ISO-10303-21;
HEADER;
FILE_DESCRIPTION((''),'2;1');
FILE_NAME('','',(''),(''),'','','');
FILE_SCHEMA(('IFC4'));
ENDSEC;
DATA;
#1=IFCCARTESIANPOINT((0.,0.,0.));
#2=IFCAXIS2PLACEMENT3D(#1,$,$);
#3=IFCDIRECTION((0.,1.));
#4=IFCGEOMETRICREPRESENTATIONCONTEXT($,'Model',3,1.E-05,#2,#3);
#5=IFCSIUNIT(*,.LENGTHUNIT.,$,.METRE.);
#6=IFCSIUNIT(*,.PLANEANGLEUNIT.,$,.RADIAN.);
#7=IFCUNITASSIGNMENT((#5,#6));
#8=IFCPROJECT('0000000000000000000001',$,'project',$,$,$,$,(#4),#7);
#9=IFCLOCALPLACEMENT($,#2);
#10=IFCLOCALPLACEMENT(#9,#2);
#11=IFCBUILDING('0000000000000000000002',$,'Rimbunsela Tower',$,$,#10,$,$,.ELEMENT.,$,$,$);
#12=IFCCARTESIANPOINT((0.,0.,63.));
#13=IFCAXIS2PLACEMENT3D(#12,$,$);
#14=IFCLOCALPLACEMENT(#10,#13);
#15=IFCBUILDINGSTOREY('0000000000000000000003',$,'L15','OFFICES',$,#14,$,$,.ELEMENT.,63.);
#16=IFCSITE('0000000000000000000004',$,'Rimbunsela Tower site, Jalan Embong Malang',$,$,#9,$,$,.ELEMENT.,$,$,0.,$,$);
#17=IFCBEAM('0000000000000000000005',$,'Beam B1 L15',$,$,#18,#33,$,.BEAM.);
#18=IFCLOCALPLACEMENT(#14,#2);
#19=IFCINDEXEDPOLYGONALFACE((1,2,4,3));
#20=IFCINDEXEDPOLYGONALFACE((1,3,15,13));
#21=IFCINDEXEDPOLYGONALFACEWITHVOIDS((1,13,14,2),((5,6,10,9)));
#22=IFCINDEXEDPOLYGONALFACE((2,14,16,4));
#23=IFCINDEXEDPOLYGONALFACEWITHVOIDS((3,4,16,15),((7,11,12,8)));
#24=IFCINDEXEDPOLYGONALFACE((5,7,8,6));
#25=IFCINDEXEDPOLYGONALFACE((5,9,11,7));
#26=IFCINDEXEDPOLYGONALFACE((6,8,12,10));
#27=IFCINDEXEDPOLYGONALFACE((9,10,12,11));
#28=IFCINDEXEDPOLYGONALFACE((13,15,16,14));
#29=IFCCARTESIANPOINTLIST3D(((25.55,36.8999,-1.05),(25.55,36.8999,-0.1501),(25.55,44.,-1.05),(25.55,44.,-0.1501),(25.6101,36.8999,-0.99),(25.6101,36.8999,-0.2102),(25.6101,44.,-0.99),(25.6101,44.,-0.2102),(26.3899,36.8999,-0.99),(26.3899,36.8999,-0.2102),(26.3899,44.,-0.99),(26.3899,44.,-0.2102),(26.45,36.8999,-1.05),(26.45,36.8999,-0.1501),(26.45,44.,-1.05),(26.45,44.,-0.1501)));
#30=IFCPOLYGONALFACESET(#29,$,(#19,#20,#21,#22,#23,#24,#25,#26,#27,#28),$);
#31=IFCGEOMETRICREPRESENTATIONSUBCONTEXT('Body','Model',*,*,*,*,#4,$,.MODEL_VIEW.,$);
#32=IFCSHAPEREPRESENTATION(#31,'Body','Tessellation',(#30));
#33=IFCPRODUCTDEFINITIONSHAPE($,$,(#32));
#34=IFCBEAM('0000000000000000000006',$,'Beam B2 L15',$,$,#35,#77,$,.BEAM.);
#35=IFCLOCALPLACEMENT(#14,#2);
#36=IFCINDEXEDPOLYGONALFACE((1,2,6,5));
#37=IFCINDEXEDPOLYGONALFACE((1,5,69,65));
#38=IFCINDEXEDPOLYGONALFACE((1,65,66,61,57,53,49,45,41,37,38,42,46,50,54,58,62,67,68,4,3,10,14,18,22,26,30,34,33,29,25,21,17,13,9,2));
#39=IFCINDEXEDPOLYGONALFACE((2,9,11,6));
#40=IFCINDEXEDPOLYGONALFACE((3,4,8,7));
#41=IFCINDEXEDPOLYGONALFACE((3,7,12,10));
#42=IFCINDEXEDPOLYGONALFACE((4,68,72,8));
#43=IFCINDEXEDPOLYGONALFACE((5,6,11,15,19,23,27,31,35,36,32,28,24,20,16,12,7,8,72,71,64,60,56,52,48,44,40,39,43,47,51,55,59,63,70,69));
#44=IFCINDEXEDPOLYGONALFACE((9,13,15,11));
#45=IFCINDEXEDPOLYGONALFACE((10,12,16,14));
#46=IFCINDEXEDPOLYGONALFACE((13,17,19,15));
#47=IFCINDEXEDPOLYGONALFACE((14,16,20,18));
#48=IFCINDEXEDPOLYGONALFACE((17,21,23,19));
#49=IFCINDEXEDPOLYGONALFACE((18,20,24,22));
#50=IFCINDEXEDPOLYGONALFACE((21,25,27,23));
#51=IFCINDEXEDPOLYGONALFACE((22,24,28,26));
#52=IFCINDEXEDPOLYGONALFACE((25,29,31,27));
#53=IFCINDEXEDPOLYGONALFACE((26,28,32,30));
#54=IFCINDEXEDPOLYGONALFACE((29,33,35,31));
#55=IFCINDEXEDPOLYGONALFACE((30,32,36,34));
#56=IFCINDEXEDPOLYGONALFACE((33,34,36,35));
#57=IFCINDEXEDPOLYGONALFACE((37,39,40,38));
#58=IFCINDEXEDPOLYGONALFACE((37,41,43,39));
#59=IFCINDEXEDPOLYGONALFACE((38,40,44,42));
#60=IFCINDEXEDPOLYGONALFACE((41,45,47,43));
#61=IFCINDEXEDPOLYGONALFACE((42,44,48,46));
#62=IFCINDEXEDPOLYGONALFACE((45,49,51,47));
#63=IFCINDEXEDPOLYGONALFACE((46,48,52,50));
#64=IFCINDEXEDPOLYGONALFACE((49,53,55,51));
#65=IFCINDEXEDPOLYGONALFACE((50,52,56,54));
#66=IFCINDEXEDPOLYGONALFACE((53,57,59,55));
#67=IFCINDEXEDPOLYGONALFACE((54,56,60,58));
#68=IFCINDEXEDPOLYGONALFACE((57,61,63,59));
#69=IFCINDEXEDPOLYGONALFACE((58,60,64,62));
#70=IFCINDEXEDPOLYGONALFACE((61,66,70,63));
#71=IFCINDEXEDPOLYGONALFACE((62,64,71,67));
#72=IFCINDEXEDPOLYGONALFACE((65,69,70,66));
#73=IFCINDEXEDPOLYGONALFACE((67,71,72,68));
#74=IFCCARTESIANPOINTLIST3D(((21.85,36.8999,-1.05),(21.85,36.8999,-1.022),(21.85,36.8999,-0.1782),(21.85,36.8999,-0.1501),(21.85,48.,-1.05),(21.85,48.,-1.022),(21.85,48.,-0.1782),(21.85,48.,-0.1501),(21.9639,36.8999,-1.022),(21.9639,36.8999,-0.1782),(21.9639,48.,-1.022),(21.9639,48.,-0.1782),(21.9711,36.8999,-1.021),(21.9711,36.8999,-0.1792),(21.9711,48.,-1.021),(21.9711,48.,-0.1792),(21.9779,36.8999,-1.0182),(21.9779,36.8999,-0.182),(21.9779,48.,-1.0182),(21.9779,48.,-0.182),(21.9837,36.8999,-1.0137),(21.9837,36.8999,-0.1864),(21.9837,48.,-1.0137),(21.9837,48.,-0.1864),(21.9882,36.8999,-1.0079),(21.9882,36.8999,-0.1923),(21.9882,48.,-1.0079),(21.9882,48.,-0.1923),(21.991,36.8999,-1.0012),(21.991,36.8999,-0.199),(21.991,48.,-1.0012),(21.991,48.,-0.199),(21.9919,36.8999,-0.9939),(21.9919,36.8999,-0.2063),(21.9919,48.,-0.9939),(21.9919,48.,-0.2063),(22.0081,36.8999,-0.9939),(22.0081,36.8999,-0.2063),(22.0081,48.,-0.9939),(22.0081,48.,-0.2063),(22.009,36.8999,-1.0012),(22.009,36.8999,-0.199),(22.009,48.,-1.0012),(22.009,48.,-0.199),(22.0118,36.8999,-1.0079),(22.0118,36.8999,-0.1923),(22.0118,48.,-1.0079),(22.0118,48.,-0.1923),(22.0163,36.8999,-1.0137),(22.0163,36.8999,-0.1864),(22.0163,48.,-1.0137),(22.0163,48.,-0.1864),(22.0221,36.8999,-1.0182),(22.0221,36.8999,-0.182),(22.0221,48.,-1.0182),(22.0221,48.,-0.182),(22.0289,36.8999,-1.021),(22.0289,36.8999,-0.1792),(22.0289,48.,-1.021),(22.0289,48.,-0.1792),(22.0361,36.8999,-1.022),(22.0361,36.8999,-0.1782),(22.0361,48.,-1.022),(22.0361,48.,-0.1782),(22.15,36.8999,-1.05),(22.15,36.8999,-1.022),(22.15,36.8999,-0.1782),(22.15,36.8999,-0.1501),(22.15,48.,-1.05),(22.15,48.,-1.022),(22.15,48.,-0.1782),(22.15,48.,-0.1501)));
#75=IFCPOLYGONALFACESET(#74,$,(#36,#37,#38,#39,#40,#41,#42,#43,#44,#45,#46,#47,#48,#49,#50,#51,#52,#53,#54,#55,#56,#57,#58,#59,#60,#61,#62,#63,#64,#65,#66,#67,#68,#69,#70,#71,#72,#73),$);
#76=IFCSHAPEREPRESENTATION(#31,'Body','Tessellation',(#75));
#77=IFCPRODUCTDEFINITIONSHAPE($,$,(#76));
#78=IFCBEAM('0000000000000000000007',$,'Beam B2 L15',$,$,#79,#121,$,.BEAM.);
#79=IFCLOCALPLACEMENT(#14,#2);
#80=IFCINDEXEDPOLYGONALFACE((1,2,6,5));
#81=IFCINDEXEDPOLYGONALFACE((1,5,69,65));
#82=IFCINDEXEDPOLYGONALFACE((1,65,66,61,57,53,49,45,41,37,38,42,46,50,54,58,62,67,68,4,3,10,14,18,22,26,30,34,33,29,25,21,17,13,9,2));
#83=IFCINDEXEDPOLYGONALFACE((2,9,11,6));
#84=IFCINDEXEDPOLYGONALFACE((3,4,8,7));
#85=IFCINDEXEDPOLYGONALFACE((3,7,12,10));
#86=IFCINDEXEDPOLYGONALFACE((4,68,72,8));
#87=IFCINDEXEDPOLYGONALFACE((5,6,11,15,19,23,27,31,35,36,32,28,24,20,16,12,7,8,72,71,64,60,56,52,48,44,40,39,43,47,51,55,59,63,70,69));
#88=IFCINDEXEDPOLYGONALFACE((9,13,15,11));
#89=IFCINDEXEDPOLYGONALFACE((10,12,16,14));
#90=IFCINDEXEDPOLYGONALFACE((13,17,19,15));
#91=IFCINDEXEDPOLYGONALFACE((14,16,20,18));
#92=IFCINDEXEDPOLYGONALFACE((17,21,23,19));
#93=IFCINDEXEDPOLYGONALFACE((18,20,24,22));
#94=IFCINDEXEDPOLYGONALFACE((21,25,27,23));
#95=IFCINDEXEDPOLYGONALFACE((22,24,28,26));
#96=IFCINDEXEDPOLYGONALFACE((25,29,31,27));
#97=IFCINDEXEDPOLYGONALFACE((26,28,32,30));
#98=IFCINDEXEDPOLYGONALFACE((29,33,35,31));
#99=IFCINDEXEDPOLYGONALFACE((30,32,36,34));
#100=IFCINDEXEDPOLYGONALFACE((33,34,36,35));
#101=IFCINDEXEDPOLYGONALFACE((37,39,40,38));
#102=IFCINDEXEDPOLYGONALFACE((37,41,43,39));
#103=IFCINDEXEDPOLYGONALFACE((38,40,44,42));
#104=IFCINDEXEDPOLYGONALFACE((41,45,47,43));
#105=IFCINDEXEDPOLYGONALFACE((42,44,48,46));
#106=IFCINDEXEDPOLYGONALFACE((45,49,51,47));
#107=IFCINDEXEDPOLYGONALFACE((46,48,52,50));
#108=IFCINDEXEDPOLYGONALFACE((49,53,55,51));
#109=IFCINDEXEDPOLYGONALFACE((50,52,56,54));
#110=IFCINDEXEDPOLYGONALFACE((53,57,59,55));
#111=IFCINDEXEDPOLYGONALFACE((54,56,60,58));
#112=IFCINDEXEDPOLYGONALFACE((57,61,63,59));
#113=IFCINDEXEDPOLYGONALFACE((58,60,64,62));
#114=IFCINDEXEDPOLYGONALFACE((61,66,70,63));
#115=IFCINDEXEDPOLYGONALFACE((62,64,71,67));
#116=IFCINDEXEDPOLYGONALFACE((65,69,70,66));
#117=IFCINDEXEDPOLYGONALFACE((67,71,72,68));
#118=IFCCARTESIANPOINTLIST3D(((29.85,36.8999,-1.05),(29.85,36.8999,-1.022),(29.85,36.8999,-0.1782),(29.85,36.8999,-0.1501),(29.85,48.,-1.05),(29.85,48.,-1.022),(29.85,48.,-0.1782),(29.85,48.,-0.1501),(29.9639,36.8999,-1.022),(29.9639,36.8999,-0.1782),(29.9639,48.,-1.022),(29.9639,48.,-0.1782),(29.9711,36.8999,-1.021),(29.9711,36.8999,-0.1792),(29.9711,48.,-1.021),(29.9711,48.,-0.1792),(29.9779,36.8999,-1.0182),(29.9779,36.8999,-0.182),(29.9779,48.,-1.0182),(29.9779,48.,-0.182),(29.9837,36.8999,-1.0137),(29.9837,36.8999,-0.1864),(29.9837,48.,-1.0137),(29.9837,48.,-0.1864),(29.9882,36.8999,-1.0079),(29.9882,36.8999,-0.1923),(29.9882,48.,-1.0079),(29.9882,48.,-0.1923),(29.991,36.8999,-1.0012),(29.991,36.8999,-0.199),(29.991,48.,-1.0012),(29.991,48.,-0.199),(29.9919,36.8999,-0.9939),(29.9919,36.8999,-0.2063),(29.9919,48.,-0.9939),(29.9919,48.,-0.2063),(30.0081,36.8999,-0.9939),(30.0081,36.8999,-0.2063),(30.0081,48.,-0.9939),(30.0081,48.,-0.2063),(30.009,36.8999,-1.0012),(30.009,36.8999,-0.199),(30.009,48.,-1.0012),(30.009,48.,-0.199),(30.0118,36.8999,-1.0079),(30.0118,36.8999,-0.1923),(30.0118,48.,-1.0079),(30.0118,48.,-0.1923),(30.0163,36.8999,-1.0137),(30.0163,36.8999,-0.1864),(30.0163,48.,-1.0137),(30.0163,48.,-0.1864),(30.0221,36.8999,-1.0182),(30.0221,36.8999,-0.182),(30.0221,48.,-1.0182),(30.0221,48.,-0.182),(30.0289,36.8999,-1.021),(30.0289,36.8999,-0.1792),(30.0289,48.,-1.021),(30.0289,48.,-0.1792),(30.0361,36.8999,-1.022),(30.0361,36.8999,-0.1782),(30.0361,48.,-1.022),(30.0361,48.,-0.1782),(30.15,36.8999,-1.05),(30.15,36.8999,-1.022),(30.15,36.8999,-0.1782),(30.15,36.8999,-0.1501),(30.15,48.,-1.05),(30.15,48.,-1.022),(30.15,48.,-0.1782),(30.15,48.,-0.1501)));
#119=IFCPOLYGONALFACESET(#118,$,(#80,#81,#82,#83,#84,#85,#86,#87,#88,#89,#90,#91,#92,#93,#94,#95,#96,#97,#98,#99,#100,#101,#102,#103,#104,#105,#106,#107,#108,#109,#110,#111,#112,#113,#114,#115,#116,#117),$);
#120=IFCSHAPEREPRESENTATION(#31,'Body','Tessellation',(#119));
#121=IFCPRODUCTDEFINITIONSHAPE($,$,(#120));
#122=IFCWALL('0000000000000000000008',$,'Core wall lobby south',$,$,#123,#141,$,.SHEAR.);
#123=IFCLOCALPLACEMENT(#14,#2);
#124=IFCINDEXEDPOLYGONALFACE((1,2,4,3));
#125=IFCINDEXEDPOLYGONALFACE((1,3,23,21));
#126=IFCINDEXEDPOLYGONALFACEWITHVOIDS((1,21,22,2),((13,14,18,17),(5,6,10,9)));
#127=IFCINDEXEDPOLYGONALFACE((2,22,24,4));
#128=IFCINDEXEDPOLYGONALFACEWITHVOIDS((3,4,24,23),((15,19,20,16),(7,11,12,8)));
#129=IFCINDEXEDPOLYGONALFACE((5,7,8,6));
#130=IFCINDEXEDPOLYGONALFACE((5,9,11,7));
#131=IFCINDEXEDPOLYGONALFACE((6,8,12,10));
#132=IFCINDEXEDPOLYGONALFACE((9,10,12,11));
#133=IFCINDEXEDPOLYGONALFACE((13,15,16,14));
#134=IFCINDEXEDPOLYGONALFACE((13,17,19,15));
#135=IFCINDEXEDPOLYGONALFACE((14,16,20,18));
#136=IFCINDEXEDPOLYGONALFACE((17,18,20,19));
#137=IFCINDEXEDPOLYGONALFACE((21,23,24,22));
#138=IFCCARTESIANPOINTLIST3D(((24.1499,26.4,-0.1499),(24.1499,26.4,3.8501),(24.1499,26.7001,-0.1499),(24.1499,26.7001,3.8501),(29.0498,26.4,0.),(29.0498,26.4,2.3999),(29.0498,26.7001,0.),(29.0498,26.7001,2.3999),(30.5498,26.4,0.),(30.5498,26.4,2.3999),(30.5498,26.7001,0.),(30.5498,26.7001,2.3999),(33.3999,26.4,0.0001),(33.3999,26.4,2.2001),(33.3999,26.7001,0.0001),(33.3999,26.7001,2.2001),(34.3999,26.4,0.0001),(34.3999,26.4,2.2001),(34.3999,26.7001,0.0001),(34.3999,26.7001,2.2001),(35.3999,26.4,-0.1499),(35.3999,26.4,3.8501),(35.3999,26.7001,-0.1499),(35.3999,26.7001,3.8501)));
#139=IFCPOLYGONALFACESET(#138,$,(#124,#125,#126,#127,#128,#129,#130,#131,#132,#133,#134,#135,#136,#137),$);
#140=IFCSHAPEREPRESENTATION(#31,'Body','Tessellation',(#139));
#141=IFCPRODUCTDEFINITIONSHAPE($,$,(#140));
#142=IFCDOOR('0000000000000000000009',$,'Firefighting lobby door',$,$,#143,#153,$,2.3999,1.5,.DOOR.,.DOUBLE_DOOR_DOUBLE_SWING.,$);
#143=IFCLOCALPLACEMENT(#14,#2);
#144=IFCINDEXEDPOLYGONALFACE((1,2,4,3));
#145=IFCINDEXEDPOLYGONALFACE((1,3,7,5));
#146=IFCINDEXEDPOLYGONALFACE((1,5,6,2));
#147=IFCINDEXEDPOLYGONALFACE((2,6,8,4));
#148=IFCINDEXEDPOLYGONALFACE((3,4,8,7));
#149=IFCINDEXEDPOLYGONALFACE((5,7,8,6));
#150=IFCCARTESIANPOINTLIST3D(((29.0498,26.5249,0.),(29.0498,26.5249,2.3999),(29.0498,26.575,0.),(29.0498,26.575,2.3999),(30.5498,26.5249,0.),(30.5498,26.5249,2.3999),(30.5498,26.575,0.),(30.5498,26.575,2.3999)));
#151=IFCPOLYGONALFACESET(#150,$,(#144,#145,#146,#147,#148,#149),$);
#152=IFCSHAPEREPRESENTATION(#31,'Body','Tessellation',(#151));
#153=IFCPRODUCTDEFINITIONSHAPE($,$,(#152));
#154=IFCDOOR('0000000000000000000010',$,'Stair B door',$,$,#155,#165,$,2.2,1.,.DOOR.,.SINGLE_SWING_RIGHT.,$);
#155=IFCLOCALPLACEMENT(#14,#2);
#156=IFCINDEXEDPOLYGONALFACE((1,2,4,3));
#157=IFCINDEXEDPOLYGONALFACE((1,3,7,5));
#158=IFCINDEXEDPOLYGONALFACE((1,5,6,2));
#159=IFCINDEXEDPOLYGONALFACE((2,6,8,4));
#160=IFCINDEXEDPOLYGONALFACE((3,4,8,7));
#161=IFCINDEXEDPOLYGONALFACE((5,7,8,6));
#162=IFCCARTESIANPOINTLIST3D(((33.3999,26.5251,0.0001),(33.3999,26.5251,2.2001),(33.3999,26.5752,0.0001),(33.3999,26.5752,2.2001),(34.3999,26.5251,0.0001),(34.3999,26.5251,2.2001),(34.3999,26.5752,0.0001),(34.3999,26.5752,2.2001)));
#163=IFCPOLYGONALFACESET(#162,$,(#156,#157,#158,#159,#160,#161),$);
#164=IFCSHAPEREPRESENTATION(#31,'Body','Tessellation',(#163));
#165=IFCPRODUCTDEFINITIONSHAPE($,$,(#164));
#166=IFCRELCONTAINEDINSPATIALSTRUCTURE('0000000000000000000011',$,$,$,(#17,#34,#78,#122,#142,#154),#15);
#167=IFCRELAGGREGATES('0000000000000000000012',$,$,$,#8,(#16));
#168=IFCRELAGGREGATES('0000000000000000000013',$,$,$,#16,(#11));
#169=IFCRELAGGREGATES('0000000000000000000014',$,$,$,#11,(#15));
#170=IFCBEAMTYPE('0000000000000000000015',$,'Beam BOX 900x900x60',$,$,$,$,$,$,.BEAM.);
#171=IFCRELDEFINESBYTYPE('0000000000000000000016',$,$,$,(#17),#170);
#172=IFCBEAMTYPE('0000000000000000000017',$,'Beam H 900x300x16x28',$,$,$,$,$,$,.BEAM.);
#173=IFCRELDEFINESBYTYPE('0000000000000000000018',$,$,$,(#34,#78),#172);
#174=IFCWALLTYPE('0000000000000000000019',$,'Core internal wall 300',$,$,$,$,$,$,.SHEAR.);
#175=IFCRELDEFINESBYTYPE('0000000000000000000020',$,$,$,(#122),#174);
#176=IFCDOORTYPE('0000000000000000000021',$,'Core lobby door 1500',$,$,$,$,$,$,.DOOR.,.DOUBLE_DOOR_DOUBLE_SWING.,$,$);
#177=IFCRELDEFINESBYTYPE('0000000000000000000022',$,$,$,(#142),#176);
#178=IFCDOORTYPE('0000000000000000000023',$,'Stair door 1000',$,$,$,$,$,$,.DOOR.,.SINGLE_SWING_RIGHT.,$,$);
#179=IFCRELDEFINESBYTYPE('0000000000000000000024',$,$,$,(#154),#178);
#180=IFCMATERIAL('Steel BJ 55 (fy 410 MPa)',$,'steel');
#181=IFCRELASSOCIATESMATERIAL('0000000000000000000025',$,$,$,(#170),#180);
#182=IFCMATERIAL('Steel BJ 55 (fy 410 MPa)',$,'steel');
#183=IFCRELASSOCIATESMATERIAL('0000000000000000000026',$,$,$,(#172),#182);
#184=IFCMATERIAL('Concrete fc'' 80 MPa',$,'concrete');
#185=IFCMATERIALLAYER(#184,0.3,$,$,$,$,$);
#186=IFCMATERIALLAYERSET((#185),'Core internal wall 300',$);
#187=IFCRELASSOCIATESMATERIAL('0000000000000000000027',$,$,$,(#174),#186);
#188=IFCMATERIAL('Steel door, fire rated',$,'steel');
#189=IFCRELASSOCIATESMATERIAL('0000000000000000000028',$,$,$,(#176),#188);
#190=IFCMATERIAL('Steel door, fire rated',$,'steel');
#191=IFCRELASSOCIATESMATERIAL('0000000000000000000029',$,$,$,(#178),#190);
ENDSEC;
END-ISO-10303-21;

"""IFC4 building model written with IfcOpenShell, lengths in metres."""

from ifc_helpers import new_model, si_unit, direction, frame, frame_2d, origin, origin_2d, place, context, subcontext, project, spatial, rectangle, hollow_rectangle, i_section, extrude, material, layer, layer_set, material_profile, profile_set, type_object, element, fill, save


model = new_model("IFC4")

# Units and contexts
model_context = context("Model", 3, precision=1e-05, world=origin(), true_north=direction((0.0, 1.0)))
body_context = subcontext(model_context, "Body", "Model", "MODEL_VIEW")
ifc_project = project(units=[si_unit("LENGTHUNIT", "METRE"), si_unit("PLANEANGLEUNIT", "RADIAN")], contexts=[model_context])

# Site, building, storey
site_placement = place(None, origin())
site = spatial("IfcSite", under=ifc_project, at=site_placement, Name="Rimbunsela Tower site, Jalan Embong Malang", CompositionType="ELEMENT", RefElevation=0.0)
building_placement = place(site_placement, origin())
building = spatial("IfcBuilding", under=site, at=building_placement, Name="Rimbunsela Tower", CompositionType="ELEMENT")
storey_placement = place(building_placement, frame((0.0, 0.0, 63.0)))
storey = spatial("IfcBuildingStorey", under=building, at=storey_placement, Name="L15", Description="OFFICES", CompositionType="ELEMENT", Elevation=63.0)

# Beams
ifc_material_1 = material(Name="Steel BJ 55 (fy 410 MPa)", Category="steel")
ifc_material_profile_1 = material_profile(ifc_material_1, hollow_rectangle(XDim=0.8999, YDim=0.8999, WallThickness=0.0601, at=origin_2d()), Name="BOX 900x900x60")
ifc_profile_set_1 = profile_set([ifc_material_profile_1], Name="Steel BJ 55 (fy 410 MPa)")
beam_type_1 = type_object("IfcBeamType", Name="Beam BOX 900x900x60", PredefinedType="BEAM", material=ifc_profile_set_1)
beam_placement = place(storey_placement, frame((26.0, 36.8999, -0.6001), z_axis=(0.0, 1.0, 0.0), x_axis=(-1.0, 0.0, 0.0)))
element("IfcBeam", 1, at=beam_placement, inside=storey, type_object=beam_type_1, Name="Beam B1 L15", PredefinedType="BEAM", context=body_context, shape_type="SweptSolid", body=[
    extrude(hollow_rectangle(XDim=0.8999, YDim=0.8999, WallThickness=0.0601, at=origin_2d()), origin(), (0.0, 0.0, 1.0), 7.1001),
])
ifc_material_2 = material(Name="Steel BJ 55 (fy 410 MPa)", Category="steel")
ifc_material_profile_2 = material_profile(ifc_material_2, i_section(OverallWidth=0.3, OverallDepth=0.8999, WebThickness=0.0161, FlangeThickness=0.0281, FilletRadius=0.0281, at=origin_2d()), Name="H 900x300x16x28")
ifc_profile_set_2 = profile_set([ifc_material_profile_2], Name="Steel BJ 55 (fy 410 MPa)")
beam_type_2 = type_object("IfcBeamType", Name="Beam H 900x300x16x28", PredefinedType="BEAM", material=ifc_profile_set_2)
for number, where, z_axis, x_axis, name in (
    (2, (22.0, 36.8999, -0.6001), (0.0, 1.0, 0.0), (-1.0, 0.0, 0.0), "Beam B2 L15"),
    (3, (30.0, 36.8999, -0.6001), (0.0, 1.0, 0.0), (-1.0, 0.0, 0.0), "Beam B2 L15"),
):
    element("IfcBeam", number, at=place(storey_placement, frame(where, z_axis=z_axis, x_axis=x_axis)), inside=storey, type_object=beam_type_2, Name=name, PredefinedType="BEAM", context=body_context, shape_type="SweptSolid", body=[
        extrude(i_section(OverallWidth=0.3, OverallDepth=0.8999, WebThickness=0.0161, FlangeThickness=0.0281, FilletRadius=0.0281, at=origin_2d()), origin(), (0.0, 0.0, 1.0), 11.1001),
    ])

# Wall, openings, doors
ifc_material_3 = material(Name="Concrete fc' 80 MPa", Category="concrete")
ifc_layer_1 = layer(ifc_material_3, 0.3)
ifc_layer_set_1 = layer_set([ifc_layer_1], Name="Core internal wall 300")
wall_type_1 = type_object("IfcWallType", Name="Core internal wall 300", PredefinedType="SHEAR", material=ifc_layer_set_1)
wall_1_placement = place(storey_placement, frame((24.1499, 26.55, -0.1499), z_axis=(0.0, 0.0, 1.0), x_axis=(1.0, 0.0, 0.0)))
wall_1 = element("IfcWall", 4, at=wall_1_placement, inside=storey, type_object=wall_type_1, Name="Core wall lobby south", PredefinedType="SHEAR", context=body_context, shape_type="SweptSolid", body=[
    extrude(rectangle(XDim=11.25, YDim=0.3, at=frame_2d((5.625, 0.0))), origin(), (0.0, 0.0, 1.0), 4.0),
])
opening_1_placement = place(wall_1_placement, frame((9.25, 0.0, 0.1499)))
opening_1 = element("IfcOpeningElement", 5, at=opening_1_placement, cuts=wall_1, PredefinedType="OPENING", context=body_context, shape_type="SweptSolid", body=[
    extrude(rectangle(XDim=1.0, YDim=2.2, at=frame_2d((0.5, 1.1001))), frame((0.0, 0.1599, 0.0), z_axis=(0.0, -1.0, 0.0), x_axis=(1.0, 0.0, 0.0)), (0.0, 0.0, 1.0), 0.3201),
])
opening_2_placement = place(wall_1_placement, frame((4.8999, 0.0, 0.1499)))
opening_2 = element("IfcOpeningElement", 6, at=opening_2_placement, cuts=wall_1, PredefinedType="OPENING", context=body_context, shape_type="SweptSolid", body=[
    extrude(rectangle(XDim=1.5, YDim=2.3999, at=frame_2d((0.75, 1.2))), frame((0.0, 0.1599, 0.0), z_axis=(0.0, -1.0, 0.0), x_axis=(1.0, 0.0, 0.0)), (0.0, 0.0, 1.0), 0.3201),
])
ifc_material_4 = material(Name="Steel door, fire rated", Category="steel")
door_type_1 = type_object("IfcDoorType", Name="Core lobby door 1500", OperationType="DOUBLE_DOOR_DOUBLE_SWING", PredefinedType="DOOR", material=ifc_material_4)
door_1_placement = place(opening_2_placement, origin())
door_1 = element("IfcDoor", 7, at=door_1_placement, inside=storey, type_object=door_type_1, Name="Firefighting lobby door", OperationType="DOUBLE_DOOR_DOUBLE_SWING", OverallHeight=2.3999, OverallWidth=1.5, PredefinedType="DOOR", context=body_context, shape_type="SweptSolid", body=[
    extrude(rectangle(XDim=1.5, YDim=2.3999, at=frame_2d((0.75, 1.2))), frame((0.0, 0.0249, 0.0), z_axis=(0.0, -1.0, 0.0), x_axis=(1.0, 0.0, 0.0)), (0.0, 0.0, 1.0), 0.05),
])
fill(opening_2, door_1)
ifc_material_5 = material(Name="Steel door, fire rated", Category="steel")
door_type_2 = type_object("IfcDoorType", Name="Stair door 1000", OperationType="SINGLE_SWING_RIGHT", PredefinedType="DOOR", material=ifc_material_5)
door_2_placement = place(opening_1_placement, frame((1.0, 0.0, 0.0), z_axis=(0.0, 0.0, 1.0), x_axis=(-1.0, 0.0, 0.0)))
door_2 = element("IfcDoor", 8, at=door_2_placement, inside=storey, type_object=door_type_2, Name="Stair B door", OperationType="SINGLE_SWING_RIGHT", OverallHeight=2.2, OverallWidth=1.0, PredefinedType="DOOR", context=body_context, shape_type="SweptSolid", body=[
    extrude(rectangle(XDim=1.0, YDim=2.2, at=frame_2d((0.5, 1.1001))), frame((0.0, 0.0249, 0.0), z_axis=(0.0, -1.0, 0.0), x_axis=(1.0, 0.0, 0.0)), (0.0, 0.0, 1.0), 0.05),
])
fill(opening_1, door_2)

save(model, "model.ifc")
